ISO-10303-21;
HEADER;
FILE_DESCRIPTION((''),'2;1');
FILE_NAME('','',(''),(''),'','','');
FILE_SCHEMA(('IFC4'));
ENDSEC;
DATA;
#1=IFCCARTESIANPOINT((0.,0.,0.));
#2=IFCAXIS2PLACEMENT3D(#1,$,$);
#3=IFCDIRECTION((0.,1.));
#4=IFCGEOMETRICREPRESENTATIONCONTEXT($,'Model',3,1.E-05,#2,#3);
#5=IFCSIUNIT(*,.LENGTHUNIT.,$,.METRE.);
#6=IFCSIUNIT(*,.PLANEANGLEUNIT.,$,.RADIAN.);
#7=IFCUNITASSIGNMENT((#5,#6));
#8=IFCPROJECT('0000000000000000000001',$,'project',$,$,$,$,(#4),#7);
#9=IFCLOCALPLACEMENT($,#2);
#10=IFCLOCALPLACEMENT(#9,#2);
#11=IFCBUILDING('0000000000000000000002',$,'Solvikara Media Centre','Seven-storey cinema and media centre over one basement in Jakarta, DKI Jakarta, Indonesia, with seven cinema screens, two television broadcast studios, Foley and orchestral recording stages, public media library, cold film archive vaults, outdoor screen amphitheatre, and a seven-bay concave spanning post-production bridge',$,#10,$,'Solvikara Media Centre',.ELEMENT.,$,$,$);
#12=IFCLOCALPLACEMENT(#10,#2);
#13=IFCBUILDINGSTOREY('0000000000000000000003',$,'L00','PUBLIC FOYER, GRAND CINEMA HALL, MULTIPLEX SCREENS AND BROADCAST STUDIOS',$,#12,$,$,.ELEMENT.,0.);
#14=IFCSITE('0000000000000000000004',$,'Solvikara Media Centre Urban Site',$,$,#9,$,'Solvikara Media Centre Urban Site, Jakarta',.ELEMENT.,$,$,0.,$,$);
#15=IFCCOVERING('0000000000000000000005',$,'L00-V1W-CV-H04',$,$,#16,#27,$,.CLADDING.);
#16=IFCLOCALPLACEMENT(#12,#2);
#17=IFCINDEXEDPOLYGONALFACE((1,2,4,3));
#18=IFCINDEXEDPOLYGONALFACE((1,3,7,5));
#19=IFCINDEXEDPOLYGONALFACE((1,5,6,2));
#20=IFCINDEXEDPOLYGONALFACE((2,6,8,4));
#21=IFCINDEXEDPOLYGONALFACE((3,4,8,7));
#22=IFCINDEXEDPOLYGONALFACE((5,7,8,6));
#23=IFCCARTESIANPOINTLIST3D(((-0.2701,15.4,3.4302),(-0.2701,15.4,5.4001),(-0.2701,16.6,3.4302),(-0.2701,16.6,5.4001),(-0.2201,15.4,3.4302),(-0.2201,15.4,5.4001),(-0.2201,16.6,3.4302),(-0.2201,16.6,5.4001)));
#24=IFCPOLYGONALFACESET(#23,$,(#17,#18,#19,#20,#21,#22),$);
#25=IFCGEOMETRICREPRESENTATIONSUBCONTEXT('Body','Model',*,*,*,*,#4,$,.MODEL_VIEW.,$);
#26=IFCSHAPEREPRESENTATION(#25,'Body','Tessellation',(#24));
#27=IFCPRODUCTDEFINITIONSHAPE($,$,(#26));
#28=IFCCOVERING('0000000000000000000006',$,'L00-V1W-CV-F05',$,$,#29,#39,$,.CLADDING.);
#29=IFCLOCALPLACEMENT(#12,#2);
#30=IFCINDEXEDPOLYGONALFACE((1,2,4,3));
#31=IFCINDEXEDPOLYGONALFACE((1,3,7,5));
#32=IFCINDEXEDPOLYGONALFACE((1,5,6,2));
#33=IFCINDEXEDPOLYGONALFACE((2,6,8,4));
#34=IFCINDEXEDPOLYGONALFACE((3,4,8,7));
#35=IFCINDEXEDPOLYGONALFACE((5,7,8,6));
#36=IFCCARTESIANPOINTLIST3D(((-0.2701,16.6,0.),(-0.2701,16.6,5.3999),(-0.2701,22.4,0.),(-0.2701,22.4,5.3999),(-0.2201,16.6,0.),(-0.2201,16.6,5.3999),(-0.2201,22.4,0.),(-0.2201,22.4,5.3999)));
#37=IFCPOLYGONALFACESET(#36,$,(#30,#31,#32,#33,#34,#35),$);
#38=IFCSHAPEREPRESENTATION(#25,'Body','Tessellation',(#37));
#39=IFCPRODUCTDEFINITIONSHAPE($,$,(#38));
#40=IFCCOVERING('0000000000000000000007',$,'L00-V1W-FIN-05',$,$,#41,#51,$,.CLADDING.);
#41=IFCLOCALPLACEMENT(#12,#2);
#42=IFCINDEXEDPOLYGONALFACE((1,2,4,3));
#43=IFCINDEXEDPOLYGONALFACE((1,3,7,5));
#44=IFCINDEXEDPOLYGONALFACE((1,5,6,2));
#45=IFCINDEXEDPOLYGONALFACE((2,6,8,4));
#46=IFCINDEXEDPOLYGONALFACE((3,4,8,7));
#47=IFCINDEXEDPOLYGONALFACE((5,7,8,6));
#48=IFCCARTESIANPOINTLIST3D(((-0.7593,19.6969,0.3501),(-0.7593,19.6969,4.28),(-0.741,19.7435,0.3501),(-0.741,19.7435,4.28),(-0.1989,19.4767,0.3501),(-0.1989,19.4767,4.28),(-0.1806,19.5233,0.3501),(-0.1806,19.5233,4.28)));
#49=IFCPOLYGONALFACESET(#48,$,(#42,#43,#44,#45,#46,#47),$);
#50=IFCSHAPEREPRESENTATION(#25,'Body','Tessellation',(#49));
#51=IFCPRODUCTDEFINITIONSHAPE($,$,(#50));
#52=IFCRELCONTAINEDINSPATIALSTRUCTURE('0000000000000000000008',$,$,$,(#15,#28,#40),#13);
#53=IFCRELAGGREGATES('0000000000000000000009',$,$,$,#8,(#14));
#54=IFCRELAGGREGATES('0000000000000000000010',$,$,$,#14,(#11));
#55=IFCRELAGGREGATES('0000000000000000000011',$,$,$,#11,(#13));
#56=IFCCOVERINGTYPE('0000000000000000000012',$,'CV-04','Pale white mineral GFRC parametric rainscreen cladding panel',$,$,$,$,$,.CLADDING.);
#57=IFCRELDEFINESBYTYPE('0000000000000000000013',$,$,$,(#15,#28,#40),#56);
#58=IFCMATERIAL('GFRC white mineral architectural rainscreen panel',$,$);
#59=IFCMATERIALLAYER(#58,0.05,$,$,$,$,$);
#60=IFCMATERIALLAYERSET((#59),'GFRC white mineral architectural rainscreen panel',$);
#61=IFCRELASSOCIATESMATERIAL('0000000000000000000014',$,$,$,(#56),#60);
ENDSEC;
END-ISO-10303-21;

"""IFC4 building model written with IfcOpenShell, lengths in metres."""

from ifc_helpers import new_model, si_unit, direction, frame, origin, origin_2d, place, context, subcontext, project, spatial, rectangle, extrude, material, layer, layer_set, type_object, element, save


model = new_model("IFC4")

# Units and contexts
model_context = context("Model", 3, precision=1e-05, world=origin(), true_north=direction((0.0, 1.0)))
body_context = subcontext(model_context, "Body", "Model", "MODEL_VIEW")
ifc_project = project(units=[si_unit("LENGTHUNIT", "METRE"), si_unit("PLANEANGLEUNIT", "RADIAN")], contexts=[model_context])

# Site, building, storey
site_placement = place(None, origin())
site = spatial("IfcSite", under=ifc_project, at=site_placement, Name="Solvikara Media Centre Urban Site", LongName="Solvikara Media Centre Urban Site, Jakarta", CompositionType="ELEMENT", RefElevation=0.0)
building_placement = place(site_placement, origin())
building = spatial("IfcBuilding", under=site, at=building_placement, Name="Solvikara Media Centre", Description="Seven-storey cinema and media centre over one basement in Jakarta, DKI Jakarta, Indonesia, with seven cinema screens, two television broadcast studios, Foley and orchestral recording stages, public media library, cold film archive vaults, outdoor screen amphitheatre, and a seven-bay concave spanning post-production bridge", LongName="Solvikara Media Centre", CompositionType="ELEMENT")
storey_placement = place(building_placement, origin())
storey = spatial("IfcBuildingStorey", under=building, at=storey_placement, Name="L00", Description="PUBLIC FOYER, GRAND CINEMA HALL, MULTIPLEX SCREENS AND BROADCAST STUDIOS", CompositionType="ELEMENT", Elevation=0.0)

# Coverings
ifc_material_1 = material(Name="GFRC white mineral architectural rainscreen panel")
ifc_layer = layer(ifc_material_1, 0.05)
ifc_layer_set = layer_set([ifc_layer], Name="GFRC white mineral architectural rainscreen panel")
covering_type = type_object("IfcCoveringType", Name="CV-04", Description="Pale white mineral GFRC parametric rainscreen cladding panel", PredefinedType="CLADDING", material=ifc_layer_set)
covering_1_placement = place(storey_placement, frame((-0.2451, 16.0, 3.4302), z_axis=(0.0, 0.0, 1.0), x_axis=(0.0, 1.0, 0.0)))
element("IfcCovering", 1, at=covering_1_placement, inside=storey, type_object=covering_type, Name="L00-V1W-CV-H04", PredefinedType="CLADDING", context=body_context, shape_type="SweptSolid", body=[
    extrude(rectangle(XDim=1.2, YDim=0.05, at=origin_2d()), origin(), (0.0, 0.0, 1.0), 1.97),
])
covering_2_placement = place(storey_placement, frame((-0.2451, 19.5, 0.0), z_axis=(0.0, 0.0, 1.0), x_axis=(0.0, 1.0, 0.0)))
element("IfcCovering", 2, at=covering_2_placement, inside=storey, type_object=covering_type, Name="L00-V1W-CV-F05", PredefinedType="CLADDING", context=body_context, shape_type="SweptSolid", body=[
    extrude(rectangle(XDim=5.8, YDim=0.05, at=origin_2d()), origin(), (0.0, 0.0, 1.0), 5.3999),
])
covering_3_placement = place(storey_placement, frame((-0.47, 19.6101, 0.3501), z_axis=(0.0, 0.0, 1.0), x_axis=(-0.93075, 0.365657, 0.0)))
element("IfcCovering", 3, at=covering_3_placement, inside=storey, type_object=covering_type, Name="L00-V1W-FIN-05", PredefinedType="CLADDING", context=body_context, shape_type="SweptSolid", body=[
    extrude(rectangle(XDim=0.6021, YDim=0.05, at=origin_2d()), origin(), (0.0, 0.0, 1.0), 3.9299),
])

save(model, "model.ifc")
